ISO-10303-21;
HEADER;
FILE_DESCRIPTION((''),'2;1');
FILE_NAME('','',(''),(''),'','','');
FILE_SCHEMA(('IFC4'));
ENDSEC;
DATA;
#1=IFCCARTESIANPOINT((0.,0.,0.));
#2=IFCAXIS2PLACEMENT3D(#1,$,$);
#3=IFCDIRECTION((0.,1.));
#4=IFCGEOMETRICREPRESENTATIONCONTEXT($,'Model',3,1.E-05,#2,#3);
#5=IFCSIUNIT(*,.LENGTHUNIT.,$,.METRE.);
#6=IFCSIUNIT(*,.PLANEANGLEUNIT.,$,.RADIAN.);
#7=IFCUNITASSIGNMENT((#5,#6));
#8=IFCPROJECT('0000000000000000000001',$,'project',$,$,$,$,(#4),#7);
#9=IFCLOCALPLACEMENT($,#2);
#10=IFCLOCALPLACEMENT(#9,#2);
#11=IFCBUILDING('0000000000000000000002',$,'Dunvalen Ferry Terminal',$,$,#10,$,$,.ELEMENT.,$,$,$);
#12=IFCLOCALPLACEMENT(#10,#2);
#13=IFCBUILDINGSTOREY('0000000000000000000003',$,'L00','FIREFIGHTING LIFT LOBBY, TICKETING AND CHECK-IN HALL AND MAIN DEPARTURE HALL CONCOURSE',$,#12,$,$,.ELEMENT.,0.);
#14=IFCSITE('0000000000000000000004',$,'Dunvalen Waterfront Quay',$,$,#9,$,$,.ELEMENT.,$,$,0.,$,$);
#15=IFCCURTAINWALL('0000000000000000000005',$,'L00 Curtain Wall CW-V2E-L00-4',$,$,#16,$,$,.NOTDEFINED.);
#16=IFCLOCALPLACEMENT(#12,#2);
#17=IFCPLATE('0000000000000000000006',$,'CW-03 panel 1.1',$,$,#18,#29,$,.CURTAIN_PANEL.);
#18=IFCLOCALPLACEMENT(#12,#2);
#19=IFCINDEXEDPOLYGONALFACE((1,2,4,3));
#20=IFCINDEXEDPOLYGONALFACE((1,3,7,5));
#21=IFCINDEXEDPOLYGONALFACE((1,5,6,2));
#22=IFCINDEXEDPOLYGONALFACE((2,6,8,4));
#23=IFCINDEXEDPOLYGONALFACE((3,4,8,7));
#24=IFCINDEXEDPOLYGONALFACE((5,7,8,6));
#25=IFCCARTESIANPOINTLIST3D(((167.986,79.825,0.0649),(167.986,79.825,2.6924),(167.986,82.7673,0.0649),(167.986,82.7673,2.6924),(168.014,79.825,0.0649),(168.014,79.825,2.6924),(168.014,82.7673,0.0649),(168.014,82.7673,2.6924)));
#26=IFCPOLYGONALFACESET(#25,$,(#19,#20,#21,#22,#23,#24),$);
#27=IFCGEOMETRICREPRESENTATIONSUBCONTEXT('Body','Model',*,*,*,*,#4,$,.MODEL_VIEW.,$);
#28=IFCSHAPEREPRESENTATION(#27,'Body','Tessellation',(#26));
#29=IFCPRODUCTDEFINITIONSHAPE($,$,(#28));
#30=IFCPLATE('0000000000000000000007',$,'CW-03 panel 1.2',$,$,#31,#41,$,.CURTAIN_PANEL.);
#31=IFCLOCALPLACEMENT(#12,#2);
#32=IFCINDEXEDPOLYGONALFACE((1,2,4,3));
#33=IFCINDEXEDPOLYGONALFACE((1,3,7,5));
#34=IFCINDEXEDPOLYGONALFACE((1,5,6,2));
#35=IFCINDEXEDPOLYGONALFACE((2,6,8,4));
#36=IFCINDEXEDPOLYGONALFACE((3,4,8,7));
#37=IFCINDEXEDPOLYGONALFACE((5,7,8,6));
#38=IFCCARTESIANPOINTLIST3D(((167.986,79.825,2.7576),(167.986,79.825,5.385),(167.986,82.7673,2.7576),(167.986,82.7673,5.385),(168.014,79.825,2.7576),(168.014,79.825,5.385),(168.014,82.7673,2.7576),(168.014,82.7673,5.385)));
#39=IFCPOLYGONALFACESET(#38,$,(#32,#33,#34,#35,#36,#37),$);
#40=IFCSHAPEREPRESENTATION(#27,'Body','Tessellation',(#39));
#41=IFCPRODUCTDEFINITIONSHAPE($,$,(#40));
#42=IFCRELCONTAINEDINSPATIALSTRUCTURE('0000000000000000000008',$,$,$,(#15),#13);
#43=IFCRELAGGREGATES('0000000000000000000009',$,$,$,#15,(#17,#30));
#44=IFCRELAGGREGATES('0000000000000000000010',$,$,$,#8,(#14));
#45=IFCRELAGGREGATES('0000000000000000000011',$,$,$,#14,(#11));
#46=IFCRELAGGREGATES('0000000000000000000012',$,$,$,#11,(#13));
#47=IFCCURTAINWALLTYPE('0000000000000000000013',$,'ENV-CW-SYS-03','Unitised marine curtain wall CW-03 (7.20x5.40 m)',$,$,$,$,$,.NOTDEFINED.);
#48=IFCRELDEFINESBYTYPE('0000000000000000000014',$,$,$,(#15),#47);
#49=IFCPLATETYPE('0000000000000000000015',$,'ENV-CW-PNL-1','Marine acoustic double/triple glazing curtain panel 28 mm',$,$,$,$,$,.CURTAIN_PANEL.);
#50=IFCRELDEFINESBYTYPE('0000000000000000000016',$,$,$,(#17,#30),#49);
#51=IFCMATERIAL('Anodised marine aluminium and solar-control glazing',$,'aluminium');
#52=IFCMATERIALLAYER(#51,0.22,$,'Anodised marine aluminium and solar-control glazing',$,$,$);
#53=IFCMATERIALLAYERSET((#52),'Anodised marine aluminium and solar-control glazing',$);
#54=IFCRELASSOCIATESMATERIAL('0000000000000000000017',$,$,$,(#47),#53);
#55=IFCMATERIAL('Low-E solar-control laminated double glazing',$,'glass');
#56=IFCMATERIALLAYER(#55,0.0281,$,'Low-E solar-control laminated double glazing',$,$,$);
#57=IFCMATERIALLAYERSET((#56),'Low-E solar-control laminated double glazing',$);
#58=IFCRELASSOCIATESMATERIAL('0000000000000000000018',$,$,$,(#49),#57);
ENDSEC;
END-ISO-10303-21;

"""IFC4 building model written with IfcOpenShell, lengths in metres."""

from ifc_helpers import new_model, si_unit, direction, frame, origin, origin_2d, place, context, subcontext, project, spatial, rectangle, extrude, material, layer, layer_set, type_object, element, aggregate, save


model = new_model("IFC4")

# Units and contexts
model_context = context("Model", 3, precision=1e-05, world=origin(), true_north=direction((0.0, 1.0)))
body_context = subcontext(model_context, "Body", "Model", "MODEL_VIEW")
ifc_project = project(units=[si_unit("LENGTHUNIT", "METRE"), si_unit("PLANEANGLEUNIT", "RADIAN")], contexts=[model_context])

# Site, building, storey
site_placement = place(None, origin())
site = spatial("IfcSite", under=ifc_project, at=site_placement, Name="Dunvalen Waterfront Quay", CompositionType="ELEMENT", RefElevation=0.0)
building_placement = place(site_placement, origin())
building = spatial("IfcBuilding", under=site, at=building_placement, Name="Dunvalen Ferry Terminal", CompositionType="ELEMENT")
storey_placement = place(building_placement, origin())
storey = spatial("IfcBuildingStorey", under=building, at=storey_placement, Name="L00", Description="FIREFIGHTING LIFT LOBBY, TICKETING AND CHECK-IN HALL AND MAIN DEPARTURE HALL CONCOURSE", CompositionType="ELEMENT", Elevation=0.0)

# Curtain wall
ifc_material_1 = material(Name="Anodised marine aluminium and solar-control glazing", Category="aluminium")
ifc_layer_1 = layer(ifc_material_1, 0.22, Name="Anodised marine aluminium and solar-control glazing")
ifc_layer_set_1 = layer_set([ifc_layer_1], Name="Anodised marine aluminium and solar-control glazing")
curtain_wall_type = type_object("IfcCurtainWallType", Name="ENV-CW-SYS-03", Description="Unitised marine curtain wall CW-03 (7.20x5.40 m)", PredefinedType="NOTDEFINED", material=ifc_layer_set_1)
curtain_wall_1_placement = place(storey_placement, origin())
curtain_wall_1 = element("IfcCurtainWall", 1, at=curtain_wall_1_placement, inside=storey, type_object=curtain_wall_type, Name="L00 Curtain Wall CW-V2E-L00-4", PredefinedType="NOTDEFINED")

# Plates
ifc_material_2 = material(Name="Low-E solar-control laminated double glazing", Category="glass")
ifc_layer_2 = layer(ifc_material_2, 0.0281, Name="Low-E solar-control laminated double glazing")
ifc_layer_set_2 = layer_set([ifc_layer_2], Name="Low-E solar-control laminated double glazing")
plate_type = type_object("IfcPlateType", Name="ENV-CW-PNL-1", Description="Marine acoustic double/triple glazing curtain panel 28 mm", PredefinedType="CURTAIN_PANEL", material=ifc_layer_set_2)
plate_1_placement = place(storey_placement, frame((168.0, 81.2961, 0.0649), z_axis=(0.0, 0.0, 1.0), x_axis=(0.0, 1.0, 0.0)))
plate_1 = element("IfcPlate", 2, at=plate_1_placement, type_object=plate_type, Name="CW-03 panel 1.1", PredefinedType="CURTAIN_PANEL", context=body_context, shape_type="SweptSolid", body=[
    extrude(rectangle(XDim=2.9424, YDim=0.0281, at=origin_2d()), origin(), (0.0, 0.0, 1.0), 2.6274),
])
plate_2_placement = place(storey_placement, frame((168.0, 81.2961, 2.7576), z_axis=(0.0, 0.0, 1.0), x_axis=(0.0, 1.0, 0.0)))
plate_2 = element("IfcPlate", 3, at=plate_2_placement, type_object=plate_type, Name="CW-03 panel 1.2", PredefinedType="CURTAIN_PANEL", context=body_context, shape_type="SweptSolid", body=[
    extrude(rectangle(XDim=2.9424, YDim=0.0281, at=origin_2d()), origin(), (0.0, 0.0, 1.0), 2.6274),
])
aggregate(curtain_wall_1, [plate_1, plate_2])

save(model, "model.ifc")
